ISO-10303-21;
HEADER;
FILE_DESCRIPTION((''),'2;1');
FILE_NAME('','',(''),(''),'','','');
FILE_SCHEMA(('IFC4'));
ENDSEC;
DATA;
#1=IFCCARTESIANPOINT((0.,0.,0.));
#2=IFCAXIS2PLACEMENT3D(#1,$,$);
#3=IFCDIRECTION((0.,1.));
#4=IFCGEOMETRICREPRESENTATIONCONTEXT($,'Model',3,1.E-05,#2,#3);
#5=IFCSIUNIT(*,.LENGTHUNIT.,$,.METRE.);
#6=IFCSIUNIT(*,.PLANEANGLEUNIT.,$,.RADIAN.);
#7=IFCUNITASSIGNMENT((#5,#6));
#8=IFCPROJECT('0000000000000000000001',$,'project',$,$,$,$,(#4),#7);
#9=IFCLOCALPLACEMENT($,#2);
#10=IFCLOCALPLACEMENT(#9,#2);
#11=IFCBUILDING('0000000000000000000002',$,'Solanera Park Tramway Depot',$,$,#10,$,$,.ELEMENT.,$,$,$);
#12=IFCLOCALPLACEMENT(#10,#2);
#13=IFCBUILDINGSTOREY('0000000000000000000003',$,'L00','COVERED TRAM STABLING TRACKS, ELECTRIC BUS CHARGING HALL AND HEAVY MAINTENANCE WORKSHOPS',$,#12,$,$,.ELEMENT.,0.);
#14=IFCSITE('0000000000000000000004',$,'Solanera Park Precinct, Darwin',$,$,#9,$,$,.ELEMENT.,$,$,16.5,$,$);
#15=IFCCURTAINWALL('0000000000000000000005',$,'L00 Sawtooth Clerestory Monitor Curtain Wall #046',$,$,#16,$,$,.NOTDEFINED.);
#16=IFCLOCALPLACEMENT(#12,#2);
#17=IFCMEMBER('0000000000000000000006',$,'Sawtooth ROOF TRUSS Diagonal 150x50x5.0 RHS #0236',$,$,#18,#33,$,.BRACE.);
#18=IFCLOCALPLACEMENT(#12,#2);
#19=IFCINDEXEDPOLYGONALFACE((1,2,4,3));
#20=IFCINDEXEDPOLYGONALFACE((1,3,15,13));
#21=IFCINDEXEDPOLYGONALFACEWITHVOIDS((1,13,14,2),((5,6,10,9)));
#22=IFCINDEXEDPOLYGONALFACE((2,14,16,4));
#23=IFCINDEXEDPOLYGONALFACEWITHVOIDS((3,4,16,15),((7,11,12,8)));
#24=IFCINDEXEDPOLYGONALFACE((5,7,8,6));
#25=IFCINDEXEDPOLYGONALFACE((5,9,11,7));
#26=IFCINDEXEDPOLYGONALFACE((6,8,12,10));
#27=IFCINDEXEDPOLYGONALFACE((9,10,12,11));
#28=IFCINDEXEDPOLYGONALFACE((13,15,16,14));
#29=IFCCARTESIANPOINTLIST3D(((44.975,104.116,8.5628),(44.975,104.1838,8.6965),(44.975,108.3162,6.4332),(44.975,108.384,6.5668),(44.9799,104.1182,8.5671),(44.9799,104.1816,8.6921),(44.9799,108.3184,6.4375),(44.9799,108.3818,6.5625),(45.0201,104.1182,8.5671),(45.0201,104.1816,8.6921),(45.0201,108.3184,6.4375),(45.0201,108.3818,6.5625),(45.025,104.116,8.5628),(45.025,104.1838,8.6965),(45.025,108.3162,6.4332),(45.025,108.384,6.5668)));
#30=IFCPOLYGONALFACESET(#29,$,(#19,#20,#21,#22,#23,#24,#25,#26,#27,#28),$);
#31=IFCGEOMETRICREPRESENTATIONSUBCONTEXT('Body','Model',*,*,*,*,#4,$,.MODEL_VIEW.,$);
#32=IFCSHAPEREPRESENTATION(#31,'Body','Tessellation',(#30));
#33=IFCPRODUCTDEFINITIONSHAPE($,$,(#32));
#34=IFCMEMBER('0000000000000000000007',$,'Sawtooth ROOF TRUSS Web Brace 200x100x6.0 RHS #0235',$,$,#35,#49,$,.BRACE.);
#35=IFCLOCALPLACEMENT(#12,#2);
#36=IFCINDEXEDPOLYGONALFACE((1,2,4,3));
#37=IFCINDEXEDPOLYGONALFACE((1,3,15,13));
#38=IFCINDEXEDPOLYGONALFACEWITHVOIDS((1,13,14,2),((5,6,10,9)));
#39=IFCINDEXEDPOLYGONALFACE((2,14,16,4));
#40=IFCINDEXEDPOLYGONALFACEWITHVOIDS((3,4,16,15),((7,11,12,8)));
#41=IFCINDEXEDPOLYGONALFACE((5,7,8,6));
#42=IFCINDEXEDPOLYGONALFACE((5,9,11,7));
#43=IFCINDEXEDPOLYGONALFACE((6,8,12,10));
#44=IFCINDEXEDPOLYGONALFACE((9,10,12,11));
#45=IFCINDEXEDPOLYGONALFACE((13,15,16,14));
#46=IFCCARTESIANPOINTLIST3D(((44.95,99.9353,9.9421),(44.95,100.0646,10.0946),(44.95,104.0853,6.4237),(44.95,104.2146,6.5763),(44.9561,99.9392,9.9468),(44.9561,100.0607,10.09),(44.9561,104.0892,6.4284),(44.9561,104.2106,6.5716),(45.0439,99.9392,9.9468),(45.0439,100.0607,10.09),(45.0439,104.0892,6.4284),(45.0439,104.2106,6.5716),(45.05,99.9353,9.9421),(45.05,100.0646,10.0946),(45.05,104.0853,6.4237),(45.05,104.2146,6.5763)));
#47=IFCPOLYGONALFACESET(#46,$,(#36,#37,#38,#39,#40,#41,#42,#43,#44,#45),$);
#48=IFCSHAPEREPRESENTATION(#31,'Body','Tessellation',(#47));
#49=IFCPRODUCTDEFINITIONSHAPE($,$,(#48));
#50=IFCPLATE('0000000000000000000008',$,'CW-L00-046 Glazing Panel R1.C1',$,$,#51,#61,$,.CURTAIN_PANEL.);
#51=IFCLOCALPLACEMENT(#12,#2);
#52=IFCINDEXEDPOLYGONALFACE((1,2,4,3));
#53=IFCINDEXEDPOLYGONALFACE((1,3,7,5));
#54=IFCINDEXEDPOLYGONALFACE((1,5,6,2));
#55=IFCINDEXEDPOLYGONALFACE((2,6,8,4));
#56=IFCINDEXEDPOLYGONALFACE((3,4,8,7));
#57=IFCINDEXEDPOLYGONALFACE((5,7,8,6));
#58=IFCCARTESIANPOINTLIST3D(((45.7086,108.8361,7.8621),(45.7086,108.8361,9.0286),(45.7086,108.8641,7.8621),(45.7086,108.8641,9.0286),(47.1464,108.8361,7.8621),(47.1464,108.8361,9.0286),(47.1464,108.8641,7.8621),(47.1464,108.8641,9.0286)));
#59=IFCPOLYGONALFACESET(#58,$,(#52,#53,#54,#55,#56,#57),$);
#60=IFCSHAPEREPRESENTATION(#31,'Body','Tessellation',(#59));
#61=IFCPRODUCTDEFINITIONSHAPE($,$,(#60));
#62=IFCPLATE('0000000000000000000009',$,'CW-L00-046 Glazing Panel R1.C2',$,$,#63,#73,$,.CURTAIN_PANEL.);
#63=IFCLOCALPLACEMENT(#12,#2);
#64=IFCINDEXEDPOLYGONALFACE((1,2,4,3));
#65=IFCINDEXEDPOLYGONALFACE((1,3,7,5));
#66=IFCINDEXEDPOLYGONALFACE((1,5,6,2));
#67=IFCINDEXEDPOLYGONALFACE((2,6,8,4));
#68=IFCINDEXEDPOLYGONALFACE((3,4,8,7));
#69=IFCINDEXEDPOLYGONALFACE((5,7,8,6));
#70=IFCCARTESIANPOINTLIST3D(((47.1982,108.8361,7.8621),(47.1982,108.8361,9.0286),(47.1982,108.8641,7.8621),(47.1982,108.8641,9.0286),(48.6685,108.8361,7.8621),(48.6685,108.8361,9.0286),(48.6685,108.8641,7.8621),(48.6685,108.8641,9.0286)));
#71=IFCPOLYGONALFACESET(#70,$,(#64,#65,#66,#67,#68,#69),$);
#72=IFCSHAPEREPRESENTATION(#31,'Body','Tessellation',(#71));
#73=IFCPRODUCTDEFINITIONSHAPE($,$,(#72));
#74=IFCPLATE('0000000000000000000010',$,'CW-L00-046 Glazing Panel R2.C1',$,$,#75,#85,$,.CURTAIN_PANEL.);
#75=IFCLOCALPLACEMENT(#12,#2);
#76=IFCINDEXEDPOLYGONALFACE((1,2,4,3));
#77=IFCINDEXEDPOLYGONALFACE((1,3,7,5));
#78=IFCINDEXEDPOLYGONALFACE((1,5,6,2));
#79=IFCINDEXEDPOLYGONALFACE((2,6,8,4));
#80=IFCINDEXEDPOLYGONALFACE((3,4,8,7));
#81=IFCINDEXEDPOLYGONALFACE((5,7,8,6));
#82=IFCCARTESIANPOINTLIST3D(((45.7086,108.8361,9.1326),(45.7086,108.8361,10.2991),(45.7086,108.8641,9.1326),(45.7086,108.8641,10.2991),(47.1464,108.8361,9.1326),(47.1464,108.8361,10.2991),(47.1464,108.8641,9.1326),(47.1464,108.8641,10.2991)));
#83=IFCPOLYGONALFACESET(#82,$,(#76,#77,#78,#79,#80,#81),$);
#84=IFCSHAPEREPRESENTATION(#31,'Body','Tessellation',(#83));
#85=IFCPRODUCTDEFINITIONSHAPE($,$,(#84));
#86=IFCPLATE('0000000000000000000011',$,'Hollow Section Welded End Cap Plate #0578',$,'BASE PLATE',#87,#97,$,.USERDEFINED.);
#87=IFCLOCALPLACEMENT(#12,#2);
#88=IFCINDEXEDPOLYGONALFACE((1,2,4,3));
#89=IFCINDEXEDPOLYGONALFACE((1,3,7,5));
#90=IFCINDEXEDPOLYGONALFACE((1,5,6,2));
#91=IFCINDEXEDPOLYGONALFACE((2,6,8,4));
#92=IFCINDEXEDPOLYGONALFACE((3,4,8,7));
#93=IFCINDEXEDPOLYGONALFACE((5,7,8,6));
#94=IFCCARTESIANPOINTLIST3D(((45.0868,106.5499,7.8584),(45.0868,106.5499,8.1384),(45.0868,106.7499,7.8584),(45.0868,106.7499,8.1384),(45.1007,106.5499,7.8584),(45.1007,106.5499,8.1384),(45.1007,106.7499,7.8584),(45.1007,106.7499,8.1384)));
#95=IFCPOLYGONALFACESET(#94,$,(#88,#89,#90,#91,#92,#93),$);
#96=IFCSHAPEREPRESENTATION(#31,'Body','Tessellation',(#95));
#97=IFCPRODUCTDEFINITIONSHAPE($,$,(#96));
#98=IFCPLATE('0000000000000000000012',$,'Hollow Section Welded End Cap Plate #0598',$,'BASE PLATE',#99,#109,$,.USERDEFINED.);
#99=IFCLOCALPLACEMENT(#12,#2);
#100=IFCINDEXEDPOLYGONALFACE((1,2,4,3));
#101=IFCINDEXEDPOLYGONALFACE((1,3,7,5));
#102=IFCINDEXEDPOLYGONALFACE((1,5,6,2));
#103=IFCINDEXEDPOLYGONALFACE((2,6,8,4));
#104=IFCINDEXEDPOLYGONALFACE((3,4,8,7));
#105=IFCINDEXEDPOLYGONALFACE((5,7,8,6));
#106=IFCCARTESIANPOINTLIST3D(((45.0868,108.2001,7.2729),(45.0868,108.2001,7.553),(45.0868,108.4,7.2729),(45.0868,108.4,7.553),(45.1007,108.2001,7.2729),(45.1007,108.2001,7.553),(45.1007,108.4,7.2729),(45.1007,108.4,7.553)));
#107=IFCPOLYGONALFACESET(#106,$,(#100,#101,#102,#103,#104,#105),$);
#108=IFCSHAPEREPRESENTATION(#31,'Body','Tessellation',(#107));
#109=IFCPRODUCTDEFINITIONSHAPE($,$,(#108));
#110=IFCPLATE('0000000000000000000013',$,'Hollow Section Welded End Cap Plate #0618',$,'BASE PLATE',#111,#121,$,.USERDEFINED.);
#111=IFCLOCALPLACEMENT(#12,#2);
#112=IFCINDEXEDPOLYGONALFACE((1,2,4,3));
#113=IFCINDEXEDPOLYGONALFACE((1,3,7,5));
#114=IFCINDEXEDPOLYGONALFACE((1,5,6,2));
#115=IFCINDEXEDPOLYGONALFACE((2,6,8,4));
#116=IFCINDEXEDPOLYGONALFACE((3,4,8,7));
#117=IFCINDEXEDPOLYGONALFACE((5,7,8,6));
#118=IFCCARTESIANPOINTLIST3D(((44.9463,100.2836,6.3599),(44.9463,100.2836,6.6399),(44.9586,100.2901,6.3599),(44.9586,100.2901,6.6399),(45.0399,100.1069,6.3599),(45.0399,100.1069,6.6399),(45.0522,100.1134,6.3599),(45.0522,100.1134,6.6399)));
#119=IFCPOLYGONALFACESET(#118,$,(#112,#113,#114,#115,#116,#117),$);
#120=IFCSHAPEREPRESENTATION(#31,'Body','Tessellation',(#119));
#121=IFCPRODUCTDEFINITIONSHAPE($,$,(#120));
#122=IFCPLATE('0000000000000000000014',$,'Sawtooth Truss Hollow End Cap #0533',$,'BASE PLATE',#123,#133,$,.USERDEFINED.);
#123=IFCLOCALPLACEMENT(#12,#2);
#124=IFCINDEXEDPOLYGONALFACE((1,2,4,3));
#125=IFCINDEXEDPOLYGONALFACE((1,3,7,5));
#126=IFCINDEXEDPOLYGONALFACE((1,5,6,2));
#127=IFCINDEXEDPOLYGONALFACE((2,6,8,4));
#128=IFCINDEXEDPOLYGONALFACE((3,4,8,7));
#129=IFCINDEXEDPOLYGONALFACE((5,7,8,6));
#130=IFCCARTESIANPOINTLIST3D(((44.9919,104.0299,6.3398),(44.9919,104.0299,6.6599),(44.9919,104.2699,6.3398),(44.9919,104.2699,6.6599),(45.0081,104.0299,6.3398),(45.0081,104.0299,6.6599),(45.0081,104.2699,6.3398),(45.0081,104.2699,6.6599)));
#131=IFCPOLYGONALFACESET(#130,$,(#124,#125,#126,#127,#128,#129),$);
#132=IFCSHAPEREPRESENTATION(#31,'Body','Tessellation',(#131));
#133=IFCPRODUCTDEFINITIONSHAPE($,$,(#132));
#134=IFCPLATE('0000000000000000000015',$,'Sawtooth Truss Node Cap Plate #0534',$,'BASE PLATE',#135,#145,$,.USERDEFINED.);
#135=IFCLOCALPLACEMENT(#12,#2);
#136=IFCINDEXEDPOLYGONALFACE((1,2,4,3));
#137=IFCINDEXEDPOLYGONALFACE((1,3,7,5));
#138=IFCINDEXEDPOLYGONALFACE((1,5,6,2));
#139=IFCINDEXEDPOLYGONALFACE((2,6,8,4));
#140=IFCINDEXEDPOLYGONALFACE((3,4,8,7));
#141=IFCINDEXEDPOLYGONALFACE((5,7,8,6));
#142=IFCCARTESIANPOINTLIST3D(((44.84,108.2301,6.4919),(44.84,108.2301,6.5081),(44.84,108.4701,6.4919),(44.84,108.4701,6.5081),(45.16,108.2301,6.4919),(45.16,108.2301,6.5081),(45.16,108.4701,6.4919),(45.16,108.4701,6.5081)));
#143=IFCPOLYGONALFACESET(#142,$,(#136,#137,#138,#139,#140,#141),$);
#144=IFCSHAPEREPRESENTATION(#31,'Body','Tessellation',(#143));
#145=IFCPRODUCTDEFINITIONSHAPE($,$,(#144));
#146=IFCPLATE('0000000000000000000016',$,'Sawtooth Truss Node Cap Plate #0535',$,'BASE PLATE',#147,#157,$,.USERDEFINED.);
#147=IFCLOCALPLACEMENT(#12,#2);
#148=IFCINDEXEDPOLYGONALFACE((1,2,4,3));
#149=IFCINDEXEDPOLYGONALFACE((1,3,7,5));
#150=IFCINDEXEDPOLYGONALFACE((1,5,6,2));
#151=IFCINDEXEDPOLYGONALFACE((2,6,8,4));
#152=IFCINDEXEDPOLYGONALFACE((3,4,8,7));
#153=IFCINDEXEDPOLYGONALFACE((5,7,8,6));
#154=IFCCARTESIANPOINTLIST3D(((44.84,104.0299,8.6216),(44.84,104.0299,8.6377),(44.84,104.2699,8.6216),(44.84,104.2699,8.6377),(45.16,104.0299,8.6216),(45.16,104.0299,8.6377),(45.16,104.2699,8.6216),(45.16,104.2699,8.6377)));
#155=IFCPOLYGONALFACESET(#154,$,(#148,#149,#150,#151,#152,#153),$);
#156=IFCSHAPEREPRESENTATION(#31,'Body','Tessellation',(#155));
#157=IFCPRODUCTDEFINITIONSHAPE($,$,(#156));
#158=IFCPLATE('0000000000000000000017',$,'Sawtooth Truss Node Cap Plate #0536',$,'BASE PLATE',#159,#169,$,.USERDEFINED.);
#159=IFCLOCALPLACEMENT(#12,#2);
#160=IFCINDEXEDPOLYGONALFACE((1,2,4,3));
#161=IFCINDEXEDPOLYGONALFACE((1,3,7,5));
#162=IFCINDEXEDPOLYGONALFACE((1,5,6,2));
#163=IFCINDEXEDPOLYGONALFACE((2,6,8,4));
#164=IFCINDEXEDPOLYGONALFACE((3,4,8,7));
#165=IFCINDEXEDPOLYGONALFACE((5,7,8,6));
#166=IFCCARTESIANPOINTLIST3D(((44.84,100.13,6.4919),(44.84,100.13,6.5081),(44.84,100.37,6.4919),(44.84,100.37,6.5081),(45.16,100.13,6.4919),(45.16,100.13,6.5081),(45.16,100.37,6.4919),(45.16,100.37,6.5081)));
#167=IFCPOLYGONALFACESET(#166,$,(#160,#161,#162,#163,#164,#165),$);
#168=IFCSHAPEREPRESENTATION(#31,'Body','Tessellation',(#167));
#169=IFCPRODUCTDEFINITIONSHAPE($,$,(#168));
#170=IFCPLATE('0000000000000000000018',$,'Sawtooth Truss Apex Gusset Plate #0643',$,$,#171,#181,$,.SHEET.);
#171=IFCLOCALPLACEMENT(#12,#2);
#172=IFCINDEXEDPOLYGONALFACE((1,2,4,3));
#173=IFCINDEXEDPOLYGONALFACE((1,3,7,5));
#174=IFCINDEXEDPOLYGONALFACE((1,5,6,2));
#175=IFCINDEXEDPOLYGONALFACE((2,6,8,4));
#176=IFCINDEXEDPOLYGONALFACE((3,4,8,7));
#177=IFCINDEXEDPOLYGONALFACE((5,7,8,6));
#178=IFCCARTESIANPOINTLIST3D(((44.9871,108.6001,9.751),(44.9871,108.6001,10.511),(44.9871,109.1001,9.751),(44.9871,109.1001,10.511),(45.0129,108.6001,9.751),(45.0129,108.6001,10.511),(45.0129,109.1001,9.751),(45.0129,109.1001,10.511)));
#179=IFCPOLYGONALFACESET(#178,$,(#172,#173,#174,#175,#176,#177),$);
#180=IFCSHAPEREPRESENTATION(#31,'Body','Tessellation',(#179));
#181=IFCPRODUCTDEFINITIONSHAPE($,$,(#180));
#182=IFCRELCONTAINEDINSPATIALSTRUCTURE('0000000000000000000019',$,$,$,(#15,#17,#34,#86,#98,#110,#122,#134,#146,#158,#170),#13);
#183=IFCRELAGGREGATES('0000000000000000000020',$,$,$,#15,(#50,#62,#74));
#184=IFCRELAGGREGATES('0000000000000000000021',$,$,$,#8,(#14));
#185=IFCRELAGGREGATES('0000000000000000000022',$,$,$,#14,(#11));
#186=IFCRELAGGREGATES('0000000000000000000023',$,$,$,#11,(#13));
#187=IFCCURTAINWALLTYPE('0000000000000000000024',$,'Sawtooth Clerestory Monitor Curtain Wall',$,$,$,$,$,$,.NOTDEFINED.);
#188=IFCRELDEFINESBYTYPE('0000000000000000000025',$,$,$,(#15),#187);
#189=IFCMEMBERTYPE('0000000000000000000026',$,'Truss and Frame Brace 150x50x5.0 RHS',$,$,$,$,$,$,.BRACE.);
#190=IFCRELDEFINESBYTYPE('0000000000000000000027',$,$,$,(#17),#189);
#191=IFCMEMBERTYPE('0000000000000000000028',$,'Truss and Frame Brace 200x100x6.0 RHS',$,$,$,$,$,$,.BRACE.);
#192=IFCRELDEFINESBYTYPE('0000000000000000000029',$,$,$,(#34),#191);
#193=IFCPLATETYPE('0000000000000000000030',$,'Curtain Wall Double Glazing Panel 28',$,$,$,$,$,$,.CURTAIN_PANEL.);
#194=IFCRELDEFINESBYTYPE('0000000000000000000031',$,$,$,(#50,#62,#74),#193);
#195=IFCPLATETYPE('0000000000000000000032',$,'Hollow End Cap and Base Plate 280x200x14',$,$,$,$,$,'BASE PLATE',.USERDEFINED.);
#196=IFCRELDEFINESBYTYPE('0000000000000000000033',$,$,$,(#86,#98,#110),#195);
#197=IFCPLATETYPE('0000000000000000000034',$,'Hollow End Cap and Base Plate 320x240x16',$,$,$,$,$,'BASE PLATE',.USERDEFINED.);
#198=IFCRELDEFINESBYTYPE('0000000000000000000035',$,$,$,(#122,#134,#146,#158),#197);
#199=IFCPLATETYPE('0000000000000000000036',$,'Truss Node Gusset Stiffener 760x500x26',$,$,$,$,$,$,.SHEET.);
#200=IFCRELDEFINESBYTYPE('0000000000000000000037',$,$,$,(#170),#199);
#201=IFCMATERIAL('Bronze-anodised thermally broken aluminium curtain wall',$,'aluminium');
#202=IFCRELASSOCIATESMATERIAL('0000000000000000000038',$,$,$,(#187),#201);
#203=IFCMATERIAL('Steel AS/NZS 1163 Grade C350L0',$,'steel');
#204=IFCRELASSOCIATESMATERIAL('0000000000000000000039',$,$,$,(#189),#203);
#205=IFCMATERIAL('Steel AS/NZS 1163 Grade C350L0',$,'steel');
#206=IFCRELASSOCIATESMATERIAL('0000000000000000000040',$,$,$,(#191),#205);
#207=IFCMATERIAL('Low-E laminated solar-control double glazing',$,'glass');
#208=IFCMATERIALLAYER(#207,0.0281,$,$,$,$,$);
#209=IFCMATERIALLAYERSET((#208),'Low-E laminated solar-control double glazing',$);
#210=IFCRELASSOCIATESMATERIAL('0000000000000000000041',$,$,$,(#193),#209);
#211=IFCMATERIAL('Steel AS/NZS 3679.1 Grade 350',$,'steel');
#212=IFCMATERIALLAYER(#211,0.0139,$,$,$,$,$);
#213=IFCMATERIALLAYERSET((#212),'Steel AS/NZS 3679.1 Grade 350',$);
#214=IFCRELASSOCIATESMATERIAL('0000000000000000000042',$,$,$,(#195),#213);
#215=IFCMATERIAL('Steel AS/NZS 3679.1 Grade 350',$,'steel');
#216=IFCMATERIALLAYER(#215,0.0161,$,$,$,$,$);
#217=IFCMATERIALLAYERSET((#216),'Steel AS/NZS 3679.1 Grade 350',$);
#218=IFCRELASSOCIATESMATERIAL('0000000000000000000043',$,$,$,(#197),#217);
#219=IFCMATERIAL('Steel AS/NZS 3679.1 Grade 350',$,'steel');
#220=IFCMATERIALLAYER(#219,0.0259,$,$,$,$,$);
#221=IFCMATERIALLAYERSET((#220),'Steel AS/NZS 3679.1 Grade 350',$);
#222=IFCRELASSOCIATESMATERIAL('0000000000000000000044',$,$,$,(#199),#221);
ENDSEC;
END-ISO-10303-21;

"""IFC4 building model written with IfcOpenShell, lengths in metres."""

from ifc_helpers import new_model, si_unit, direction, frame, origin, origin_2d, place, context, subcontext, project, spatial, rectangle, hollow_rectangle, extrude, material, layer, layer_set, material_profile, profile_set, type_object, element, aggregate, save


model = new_model("IFC4")

# Units and contexts
model_context = context("Model", 3, precision=1e-05, world=origin(), true_north=direction((0.0, 1.0)))
body_context = subcontext(model_context, "Body", "Model", "MODEL_VIEW")
ifc_project = project(units=[si_unit("LENGTHUNIT", "METRE"), si_unit("PLANEANGLEUNIT", "RADIAN")], contexts=[model_context])

# Site, building, storey
site_placement = place(None, origin())
site = spatial("IfcSite", under=ifc_project, at=site_placement, Name="Solanera Park Precinct, Darwin", CompositionType="ELEMENT", RefElevation=16.5)
building_placement = place(site_placement, origin())
building = spatial("IfcBuilding", under=site, at=building_placement, Name="Solanera Park Tramway Depot", CompositionType="ELEMENT")
storey_placement = place(building_placement, origin())
storey = spatial("IfcBuildingStorey", under=building, at=storey_placement, Name="L00", Description="COVERED TRAM STABLING TRACKS, ELECTRIC BUS CHARGING HALL AND HEAVY MAINTENANCE WORKSHOPS", CompositionType="ELEMENT", Elevation=0.0)

# Curtain wall
ifc_material_1 = material(Name="Bronze-anodised thermally broken aluminium curtain wall", Category="aluminium")
curtain_wall_type = type_object("IfcCurtainWallType", Name="Sawtooth Clerestory Monitor Curtain Wall", PredefinedType="NOTDEFINED", material=ifc_material_1)
curtain_wall_placement = place(storey_placement, origin())
curtain_wall = element("IfcCurtainWall", 1, at=curtain_wall_placement, inside=storey, type_object=curtain_wall_type, Name="L00 Sawtooth Clerestory Monitor Curtain Wall #046", PredefinedType="NOTDEFINED")

# Members
ifc_material_2 = material(Name="Steel AS/NZS 1163 Grade C350L0", Category="steel")
ifc_material_profile_1 = material_profile(ifc_material_2, hollow_rectangle(XDim=0.05, YDim=0.1499, WallThickness=0.0049, at=origin_2d()), Name="150x50x5.0 RHS")
ifc_profile_set_1 = profile_set([ifc_material_profile_1], Name="Steel AS/NZS 1163 Grade C350L0")
member_type_1 = type_object("IfcMemberType", Name="Truss and Frame Brace 150x50x5.0 RHS", PredefinedType="BRACE", material=ifc_profile_set_1)
member_1_placement = place(storey_placement, frame((45.0, 108.3501, 6.5), z_axis=(0.0, -0.891904, 0.452225), x_axis=(1.0, 0.0, 0.0)))
element("IfcMember", 2, at=member_1_placement, inside=storey, type_object=member_type_1, Name="Sawtooth ROOF TRUSS Diagonal 150x50x5.0 RHS #0236", PredefinedType="BRACE", context=body_context, shape_type="SweptSolid", body=[
    extrude(hollow_rectangle(XDim=0.05, YDim=0.1499, WallThickness=0.0049, at=origin_2d()), origin(), (0.0, 0.0, 1.0), 4.7092),
])
ifc_material_3 = material(Name="Steel AS/NZS 1163 Grade C350L0", Category="steel")
ifc_material_profile_2 = material_profile(ifc_material_3, hollow_rectangle(XDim=0.1001, YDim=0.2, WallThickness=0.0061, at=origin_2d()), Name="200x100x6.0 RHS")
ifc_profile_set_2 = profile_set([ifc_material_profile_2], Name="Steel AS/NZS 1163 Grade C350L0")
member_type_2 = type_object("IfcMemberType", Name="Truss and Frame Brace 200x100x6.0 RHS", PredefinedType="BRACE", material=ifc_profile_set_2)
member_2_placement = place(storey_placement, frame((45.0, 104.1499, 6.5), z_axis=(0.0, -0.762765, 0.646676), x_axis=(1.0, 0.0, 0.0)))
element("IfcMember", 3, at=member_2_placement, inside=storey, type_object=member_type_2, Name="Sawtooth ROOF TRUSS Web Brace 200x100x6.0 RHS #0235", PredefinedType="BRACE", context=body_context, shape_type="SweptSolid", body=[
    extrude(hollow_rectangle(XDim=0.1001, YDim=0.2, WallThickness=0.0061, at=origin_2d()), origin(), (0.0, 0.0, 1.0), 5.4407),
])

# Plates
ifc_material_4 = material(Name="Low-E laminated solar-control double glazing", Category="glass")
ifc_layer_1 = layer(ifc_material_4, 0.0281)
ifc_layer_set_1 = layer_set([ifc_layer_1], Name="Low-E laminated solar-control double glazing")
plate_type_1 = type_object("IfcPlateType", Name="Curtain Wall Double Glazing Panel 28", PredefinedType="CURTAIN_PANEL", material=ifc_layer_set_1)
plate_1_placement = place(storey_placement, frame((46.4275, 108.8501, 7.8621), z_axis=(0.0, 0.0, 1.0), x_axis=(1.0, 0.0, 0.0)))
plate_1 = element("IfcPlate", 4, at=plate_1_placement, type_object=plate_type_1, Name="CW-L00-046 Glazing Panel R1.C1", PredefinedType="CURTAIN_PANEL", context=body_context, shape_type="SweptSolid", body=[
    extrude(rectangle(XDim=1.4377, YDim=0.0281, at=origin_2d()), origin(), (0.0, 0.0, 1.0), 1.1665),
])
plate_2_placement = place(storey_placement, frame((47.9333, 108.8501, 7.8621), z_axis=(0.0, 0.0, 1.0), x_axis=(1.0, 0.0, 0.0)))
plate_2 = element("IfcPlate", 5, at=plate_2_placement, type_object=plate_type_1, Name="CW-L00-046 Glazing Panel R1.C2", PredefinedType="CURTAIN_PANEL", context=body_context, shape_type="SweptSolid", body=[
    extrude(rectangle(XDim=1.4702, YDim=0.0281, at=origin_2d()), origin(), (0.0, 0.0, 1.0), 1.1665),
])
plate_3_placement = place(storey_placement, frame((46.4275, 108.8501, 9.1326), z_axis=(0.0, 0.0, 1.0), x_axis=(1.0, 0.0, 0.0)))
plate_3 = element("IfcPlate", 6, at=plate_3_placement, type_object=plate_type_1, Name="CW-L00-046 Glazing Panel R2.C1", PredefinedType="CURTAIN_PANEL", context=body_context, shape_type="SweptSolid", body=[
    extrude(rectangle(XDim=1.4377, YDim=0.0281, at=origin_2d()), origin(), (0.0, 0.0, 1.0), 1.1665),
])
aggregate(curtain_wall, [plate_1, plate_2, plate_3])

# Plates
ifc_material_5 = material(Name="Steel AS/NZS 3679.1 Grade 350", Category="steel")
ifc_layer_2 = layer(ifc_material_5, 0.0139)
ifc_layer_set_2 = layer_set([ifc_layer_2], Name="Steel AS/NZS 3679.1 Grade 350")
plate_type_2 = type_object("IfcPlateType", Name="Hollow End Cap and Base Plate 280x200x14", ElementType="BASE PLATE", PredefinedType="USERDEFINED", material=ifc_layer_set_2)
for number, where, z_axis, x_axis, name in (
    (7, (45.0938, 106.6499, 7.8584), (0.0, 0.0, 1.0), (1.0, 0.0, 0.0), "Hollow Section Welded End Cap Plate #0578"),
    (8, (45.0938, 108.3, 7.2729), (0.0, 0.0, 1.0), (1.0, 0.0, 0.0), "Hollow Section Welded End Cap Plate #0598"),
    (9, (44.9993, 100.1985, 6.3599), (0.0, 0.0, 1.0), (0.883521, 0.468392, 0.0), "Hollow Section Welded End Cap Plate #0618"),
):
    element("IfcPlate", number, at=place(storey_placement, frame(where, z_axis=z_axis, x_axis=x_axis)), inside=storey, type_object=plate_type_2, Name=name, ObjectType="BASE PLATE", PredefinedType="USERDEFINED", context=body_context, shape_type="SweptSolid", body=[
        extrude(rectangle(XDim=0.0139, YDim=0.2, at=origin_2d()), origin(), (0.0, 0.0, 1.0), 0.28),
    ])
ifc_material_6 = material(Name="Steel AS/NZS 3679.1 Grade 350", Category="steel")
ifc_layer_3 = layer(ifc_material_6, 0.0161)
ifc_layer_set_3 = layer_set([ifc_layer_3], Name="Steel AS/NZS 3679.1 Grade 350")
plate_type_3 = type_object("IfcPlateType", Name="Hollow End Cap and Base Plate 320x240x16", ElementType="BASE PLATE", PredefinedType="USERDEFINED", material=ifc_layer_set_3)
plate_4_placement = place(storey_placement, frame((45.0, 104.1499, 6.3398), z_axis=(0.0, 0.0, 1.0), x_axis=(1.0, 0.0, 0.0)))
element("IfcPlate", 10, at=plate_4_placement, inside=storey, type_object=plate_type_3, Name="Sawtooth Truss Hollow End Cap #0533", ObjectType="BASE PLATE", PredefinedType="USERDEFINED", context=body_context, shape_type="SweptSolid", body=[
    extrude(rectangle(XDim=0.0161, YDim=0.24, at=origin_2d()), origin(), (0.0, 0.0, 1.0), 0.3201),
])
for number, where, z_axis, x_axis, name in (
    (11, (45.0, 108.3501, 6.4919), (0.0, 0.0, 1.0), (1.0, 0.0, 0.0), "Sawtooth Truss Node Cap Plate #0534"),
    (12, (45.0, 104.1499, 8.6216), (0.0, 0.0, 1.0), (1.0, 0.0, 0.0), "Sawtooth Truss Node Cap Plate #0535"),
    (13, (45.0, 100.25, 6.4919), (0.0, 0.0, 1.0), (1.0, 0.0, 0.0), "Sawtooth Truss Node Cap Plate #0536"),
):
    element("IfcPlate", number, at=place(storey_placement, frame(where, z_axis=z_axis, x_axis=x_axis)), inside=storey, type_object=plate_type_3, Name=name, ObjectType="BASE PLATE", PredefinedType="USERDEFINED", context=body_context, shape_type="SweptSolid", body=[
        extrude(rectangle(XDim=0.3201, YDim=0.24, at=origin_2d()), origin(), (0.0, 0.0, 1.0), 0.0161),
    ])
ifc_material_7 = material(Name="Steel AS/NZS 3679.1 Grade 350", Category="steel")
ifc_layer_4 = layer(ifc_material_7, 0.0259)
ifc_layer_set_4 = layer_set([ifc_layer_4], Name="Steel AS/NZS 3679.1 Grade 350")
plate_type_4 = type_object("IfcPlateType", Name="Truss Node Gusset Stiffener 760x500x26", PredefinedType="SHEET", material=ifc_layer_set_4)
plate_5_placement = place(storey_placement, frame((45.0, 108.8501, 9.751), z_axis=(0.0, 0.0, 1.0), x_axis=(1.0, 0.0, 0.0)))
element("IfcPlate", 14, at=plate_5_placement, inside=storey, type_object=plate_type_4, Name="Sawtooth Truss Apex Gusset Plate #0643", PredefinedType="SHEET", context=body_context, shape_type="SweptSolid", body=[
    extrude(rectangle(XDim=0.0259, YDim=0.5, at=origin_2d()), origin(), (0.0, 0.0, 1.0), 0.76),
])

save(model, "model.ifc")
